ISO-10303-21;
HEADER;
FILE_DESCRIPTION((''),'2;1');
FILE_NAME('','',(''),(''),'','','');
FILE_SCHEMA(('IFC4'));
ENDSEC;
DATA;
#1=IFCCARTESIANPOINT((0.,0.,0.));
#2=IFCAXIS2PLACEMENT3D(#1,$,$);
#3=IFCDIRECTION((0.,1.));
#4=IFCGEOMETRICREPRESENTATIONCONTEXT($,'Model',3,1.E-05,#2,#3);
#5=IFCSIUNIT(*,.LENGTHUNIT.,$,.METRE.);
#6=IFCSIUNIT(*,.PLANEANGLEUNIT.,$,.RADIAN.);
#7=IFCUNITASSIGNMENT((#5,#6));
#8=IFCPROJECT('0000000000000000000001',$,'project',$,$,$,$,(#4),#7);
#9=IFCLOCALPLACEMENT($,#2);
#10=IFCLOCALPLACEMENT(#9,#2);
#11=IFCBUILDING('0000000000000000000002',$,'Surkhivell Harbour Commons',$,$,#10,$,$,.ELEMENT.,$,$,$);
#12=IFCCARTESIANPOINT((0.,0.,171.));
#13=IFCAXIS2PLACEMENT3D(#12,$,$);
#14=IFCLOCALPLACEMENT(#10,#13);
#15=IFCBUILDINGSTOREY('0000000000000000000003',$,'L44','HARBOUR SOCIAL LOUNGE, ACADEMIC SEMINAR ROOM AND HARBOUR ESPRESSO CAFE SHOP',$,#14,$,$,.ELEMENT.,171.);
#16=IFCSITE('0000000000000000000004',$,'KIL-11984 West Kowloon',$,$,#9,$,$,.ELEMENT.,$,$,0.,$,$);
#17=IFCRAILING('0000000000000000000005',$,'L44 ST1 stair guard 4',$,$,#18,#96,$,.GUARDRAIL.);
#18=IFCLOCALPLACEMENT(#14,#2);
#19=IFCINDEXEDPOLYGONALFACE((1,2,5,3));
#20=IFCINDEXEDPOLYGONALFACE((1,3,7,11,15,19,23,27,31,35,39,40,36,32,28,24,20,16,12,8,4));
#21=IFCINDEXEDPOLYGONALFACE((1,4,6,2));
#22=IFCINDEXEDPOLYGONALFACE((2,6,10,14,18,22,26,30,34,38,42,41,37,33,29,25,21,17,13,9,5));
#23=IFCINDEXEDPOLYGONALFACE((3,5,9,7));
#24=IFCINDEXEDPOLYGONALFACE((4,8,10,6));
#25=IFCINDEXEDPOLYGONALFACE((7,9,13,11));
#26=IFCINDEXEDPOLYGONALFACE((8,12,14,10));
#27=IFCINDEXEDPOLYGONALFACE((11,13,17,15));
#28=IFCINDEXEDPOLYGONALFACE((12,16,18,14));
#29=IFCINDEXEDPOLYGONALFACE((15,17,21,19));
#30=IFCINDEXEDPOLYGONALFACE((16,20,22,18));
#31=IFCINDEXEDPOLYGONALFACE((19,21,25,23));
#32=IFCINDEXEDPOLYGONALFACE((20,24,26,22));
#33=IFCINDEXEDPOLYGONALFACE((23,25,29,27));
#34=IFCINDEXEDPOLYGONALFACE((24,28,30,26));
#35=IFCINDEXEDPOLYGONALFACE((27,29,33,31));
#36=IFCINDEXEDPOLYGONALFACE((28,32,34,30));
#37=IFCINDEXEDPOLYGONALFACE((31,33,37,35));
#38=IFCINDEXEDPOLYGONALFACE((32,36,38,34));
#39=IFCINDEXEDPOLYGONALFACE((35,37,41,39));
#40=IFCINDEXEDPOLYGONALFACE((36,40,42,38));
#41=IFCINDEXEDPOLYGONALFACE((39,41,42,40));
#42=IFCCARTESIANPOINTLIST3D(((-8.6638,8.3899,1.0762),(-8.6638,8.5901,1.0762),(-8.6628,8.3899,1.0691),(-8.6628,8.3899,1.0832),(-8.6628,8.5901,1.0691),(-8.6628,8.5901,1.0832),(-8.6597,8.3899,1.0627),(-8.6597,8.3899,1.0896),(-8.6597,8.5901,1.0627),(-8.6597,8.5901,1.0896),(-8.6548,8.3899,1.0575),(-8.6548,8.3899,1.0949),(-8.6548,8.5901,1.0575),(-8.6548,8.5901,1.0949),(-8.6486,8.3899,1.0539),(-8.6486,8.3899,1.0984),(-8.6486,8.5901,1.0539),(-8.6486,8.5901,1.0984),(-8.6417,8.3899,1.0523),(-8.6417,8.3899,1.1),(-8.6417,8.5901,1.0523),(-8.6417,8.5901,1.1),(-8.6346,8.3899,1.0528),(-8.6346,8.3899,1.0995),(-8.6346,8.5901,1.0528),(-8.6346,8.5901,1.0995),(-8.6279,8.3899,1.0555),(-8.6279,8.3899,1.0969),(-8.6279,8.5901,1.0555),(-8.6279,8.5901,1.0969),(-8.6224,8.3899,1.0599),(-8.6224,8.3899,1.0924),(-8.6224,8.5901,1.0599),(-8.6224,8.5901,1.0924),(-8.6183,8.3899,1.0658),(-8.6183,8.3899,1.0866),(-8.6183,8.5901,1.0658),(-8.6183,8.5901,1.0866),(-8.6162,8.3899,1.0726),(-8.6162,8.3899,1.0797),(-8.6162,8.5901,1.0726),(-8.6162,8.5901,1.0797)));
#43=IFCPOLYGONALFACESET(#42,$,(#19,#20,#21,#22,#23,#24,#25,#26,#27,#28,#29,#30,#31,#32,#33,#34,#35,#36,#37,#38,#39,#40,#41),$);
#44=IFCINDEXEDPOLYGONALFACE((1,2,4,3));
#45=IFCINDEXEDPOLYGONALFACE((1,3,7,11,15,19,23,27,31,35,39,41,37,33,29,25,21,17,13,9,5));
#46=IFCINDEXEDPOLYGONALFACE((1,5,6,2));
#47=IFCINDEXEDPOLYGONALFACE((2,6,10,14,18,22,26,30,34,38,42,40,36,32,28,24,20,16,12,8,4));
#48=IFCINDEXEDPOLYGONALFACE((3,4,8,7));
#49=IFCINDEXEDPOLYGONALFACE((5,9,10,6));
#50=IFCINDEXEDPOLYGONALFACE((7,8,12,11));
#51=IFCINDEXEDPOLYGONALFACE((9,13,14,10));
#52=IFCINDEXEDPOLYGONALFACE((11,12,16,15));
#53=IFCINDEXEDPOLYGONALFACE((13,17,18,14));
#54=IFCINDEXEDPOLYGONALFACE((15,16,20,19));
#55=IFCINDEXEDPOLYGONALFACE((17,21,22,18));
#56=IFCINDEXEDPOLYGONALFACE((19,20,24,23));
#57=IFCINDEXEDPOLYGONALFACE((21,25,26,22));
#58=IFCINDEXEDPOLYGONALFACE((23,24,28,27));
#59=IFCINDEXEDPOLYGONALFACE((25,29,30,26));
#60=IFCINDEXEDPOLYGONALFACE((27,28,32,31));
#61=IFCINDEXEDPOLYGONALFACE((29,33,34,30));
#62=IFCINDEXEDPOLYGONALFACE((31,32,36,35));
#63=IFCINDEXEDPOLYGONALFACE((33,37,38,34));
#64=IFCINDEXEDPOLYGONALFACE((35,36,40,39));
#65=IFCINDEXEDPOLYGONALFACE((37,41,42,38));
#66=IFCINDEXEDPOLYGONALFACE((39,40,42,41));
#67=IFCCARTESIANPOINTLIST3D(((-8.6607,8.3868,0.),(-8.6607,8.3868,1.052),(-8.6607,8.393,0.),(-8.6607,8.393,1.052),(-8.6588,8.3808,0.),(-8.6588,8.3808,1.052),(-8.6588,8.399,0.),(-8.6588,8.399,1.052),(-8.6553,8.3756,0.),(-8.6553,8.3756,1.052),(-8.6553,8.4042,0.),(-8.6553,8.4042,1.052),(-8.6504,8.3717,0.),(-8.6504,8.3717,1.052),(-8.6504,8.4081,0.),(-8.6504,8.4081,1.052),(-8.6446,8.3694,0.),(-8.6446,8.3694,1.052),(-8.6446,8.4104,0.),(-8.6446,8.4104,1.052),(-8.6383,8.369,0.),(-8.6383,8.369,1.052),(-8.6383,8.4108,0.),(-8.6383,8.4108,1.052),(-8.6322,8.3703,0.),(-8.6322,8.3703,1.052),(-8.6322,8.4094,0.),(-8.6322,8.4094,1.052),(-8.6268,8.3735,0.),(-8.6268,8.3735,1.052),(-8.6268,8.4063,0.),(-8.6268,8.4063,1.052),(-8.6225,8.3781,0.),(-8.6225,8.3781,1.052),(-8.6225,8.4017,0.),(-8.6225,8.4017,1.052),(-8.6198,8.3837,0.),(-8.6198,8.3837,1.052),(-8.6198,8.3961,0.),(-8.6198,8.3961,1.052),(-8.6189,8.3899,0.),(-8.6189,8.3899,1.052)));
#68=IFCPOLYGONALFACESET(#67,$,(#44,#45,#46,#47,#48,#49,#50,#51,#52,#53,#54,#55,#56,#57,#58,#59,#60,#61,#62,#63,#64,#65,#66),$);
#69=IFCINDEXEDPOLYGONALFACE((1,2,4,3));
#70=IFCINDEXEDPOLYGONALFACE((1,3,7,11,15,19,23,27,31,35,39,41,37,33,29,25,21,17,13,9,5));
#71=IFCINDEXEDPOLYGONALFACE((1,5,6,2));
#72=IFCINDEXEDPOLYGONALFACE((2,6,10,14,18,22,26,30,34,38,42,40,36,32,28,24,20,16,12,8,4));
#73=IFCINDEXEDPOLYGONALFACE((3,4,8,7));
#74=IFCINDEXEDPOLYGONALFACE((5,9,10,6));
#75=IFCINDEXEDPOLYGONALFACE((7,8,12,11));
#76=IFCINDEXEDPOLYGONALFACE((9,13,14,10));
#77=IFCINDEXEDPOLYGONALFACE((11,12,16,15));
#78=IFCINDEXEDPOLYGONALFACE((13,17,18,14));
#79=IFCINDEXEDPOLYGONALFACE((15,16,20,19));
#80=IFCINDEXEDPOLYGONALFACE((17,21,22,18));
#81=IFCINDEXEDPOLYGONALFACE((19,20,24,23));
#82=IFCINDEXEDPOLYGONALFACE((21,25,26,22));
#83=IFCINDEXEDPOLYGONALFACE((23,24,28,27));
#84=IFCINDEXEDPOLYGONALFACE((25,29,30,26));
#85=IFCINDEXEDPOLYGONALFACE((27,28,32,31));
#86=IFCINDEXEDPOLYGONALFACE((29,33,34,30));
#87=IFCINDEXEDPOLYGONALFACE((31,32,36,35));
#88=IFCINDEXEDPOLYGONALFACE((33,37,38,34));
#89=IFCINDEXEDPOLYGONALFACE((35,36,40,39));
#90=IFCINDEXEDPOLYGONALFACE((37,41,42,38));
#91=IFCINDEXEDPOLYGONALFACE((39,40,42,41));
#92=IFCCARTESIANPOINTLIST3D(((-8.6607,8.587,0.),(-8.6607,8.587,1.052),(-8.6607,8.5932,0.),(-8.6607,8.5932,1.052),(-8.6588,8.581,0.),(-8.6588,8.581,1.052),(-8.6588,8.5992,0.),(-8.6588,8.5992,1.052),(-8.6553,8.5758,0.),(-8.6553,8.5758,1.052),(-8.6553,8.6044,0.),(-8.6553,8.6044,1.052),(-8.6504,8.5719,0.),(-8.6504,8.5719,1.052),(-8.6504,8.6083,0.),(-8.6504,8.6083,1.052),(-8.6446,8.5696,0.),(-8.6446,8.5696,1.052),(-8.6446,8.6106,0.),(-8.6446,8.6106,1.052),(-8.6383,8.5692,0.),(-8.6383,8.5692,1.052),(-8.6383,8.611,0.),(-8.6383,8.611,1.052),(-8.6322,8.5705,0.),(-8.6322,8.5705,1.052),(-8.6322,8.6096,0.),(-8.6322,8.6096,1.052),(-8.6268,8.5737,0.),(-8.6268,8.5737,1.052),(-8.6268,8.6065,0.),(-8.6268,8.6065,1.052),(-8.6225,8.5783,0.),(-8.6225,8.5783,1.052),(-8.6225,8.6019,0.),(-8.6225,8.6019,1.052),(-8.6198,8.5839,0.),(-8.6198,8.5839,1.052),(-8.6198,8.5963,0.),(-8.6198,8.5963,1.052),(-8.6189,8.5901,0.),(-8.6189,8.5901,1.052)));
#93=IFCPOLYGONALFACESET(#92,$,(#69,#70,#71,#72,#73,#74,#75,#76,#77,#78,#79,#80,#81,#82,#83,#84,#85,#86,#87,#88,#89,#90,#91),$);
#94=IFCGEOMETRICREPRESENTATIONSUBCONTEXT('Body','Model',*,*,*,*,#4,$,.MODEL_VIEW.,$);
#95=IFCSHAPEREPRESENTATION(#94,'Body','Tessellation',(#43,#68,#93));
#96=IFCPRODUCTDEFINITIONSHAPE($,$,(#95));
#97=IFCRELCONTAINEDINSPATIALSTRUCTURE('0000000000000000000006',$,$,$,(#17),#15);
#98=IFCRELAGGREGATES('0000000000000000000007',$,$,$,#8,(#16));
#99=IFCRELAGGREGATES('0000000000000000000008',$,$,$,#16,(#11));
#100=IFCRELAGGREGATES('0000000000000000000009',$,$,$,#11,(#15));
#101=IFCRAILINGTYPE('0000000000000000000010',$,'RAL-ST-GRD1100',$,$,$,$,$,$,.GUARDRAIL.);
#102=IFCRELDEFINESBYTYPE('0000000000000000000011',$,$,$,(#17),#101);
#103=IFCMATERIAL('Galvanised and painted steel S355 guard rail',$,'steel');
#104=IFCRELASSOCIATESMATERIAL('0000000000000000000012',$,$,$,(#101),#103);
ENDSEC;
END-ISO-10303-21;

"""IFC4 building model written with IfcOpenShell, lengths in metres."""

from ifc_helpers import new_model, si_unit, direction, frame, origin, origin_2d, place, context, subcontext, project, spatial, circle, extrude, material, type_object, element, save


model = new_model("IFC4")

# Units and contexts
model_context = context("Model", 3, precision=1e-05, world=origin(), true_north=direction((0.0, 1.0)))
body_context = subcontext(model_context, "Body", "Model", "MODEL_VIEW")
ifc_project = project(units=[si_unit("LENGTHUNIT", "METRE"), si_unit("PLANEANGLEUNIT", "RADIAN")], contexts=[model_context])

# Site, building, storey
site_placement = place(None, origin())
site = spatial("IfcSite", under=ifc_project, at=site_placement, Name="KIL-11984 West Kowloon", CompositionType="ELEMENT", RefElevation=0.0)
building_placement = place(site_placement, origin())
building = spatial("IfcBuilding", under=site, at=building_placement, Name="Surkhivell Harbour Commons", CompositionType="ELEMENT")
storey_placement = place(building_placement, frame((0.0, 0.0, 171.0)))
storey = spatial("IfcBuildingStorey", under=building, at=storey_placement, Name="L44", Description="HARBOUR SOCIAL LOUNGE, ACADEMIC SEMINAR ROOM AND HARBOUR ESPRESSO CAFE SHOP", CompositionType="ELEMENT", Elevation=171.0)

# Railing
ifc_material_1 = material(Name="Galvanised and painted steel S355 guard rail", Category="steel")
railing_type_1 = type_object("IfcRailingType", Name="RAL-ST-GRD1100", PredefinedType="GUARDRAIL", material=ifc_material_1)
railing_1_placement = place(storey_placement, frame((-8.6399, 8.3899, 0.0)))
element("IfcRailing", 1, at=railing_1_placement, inside=storey, type_object=railing_type_1, Name="L44 ST1 stair guard 4", PredefinedType="GUARDRAIL", context=body_context, shape_type="SweptSolid", body=[
    extrude(circle(Radius=0.0239, at=origin_2d()), frame((0.0, 0.0, 1.0762), z_axis=(0.0, 1.0, 0.0), x_axis=(-1.0, 0.0, 0.0)), (0.0, 0.0, 1.0), 0.2002),
    extrude(circle(Radius=0.021, at=origin_2d()), origin(), (0.0, 0.0, 1.0), 1.052),
    extrude(circle(Radius=0.021, at=origin_2d()), frame((0.0, 0.2002, 0.0)), (0.0, 0.0, 1.0), 1.052),
])

save(model, "model.ifc")
